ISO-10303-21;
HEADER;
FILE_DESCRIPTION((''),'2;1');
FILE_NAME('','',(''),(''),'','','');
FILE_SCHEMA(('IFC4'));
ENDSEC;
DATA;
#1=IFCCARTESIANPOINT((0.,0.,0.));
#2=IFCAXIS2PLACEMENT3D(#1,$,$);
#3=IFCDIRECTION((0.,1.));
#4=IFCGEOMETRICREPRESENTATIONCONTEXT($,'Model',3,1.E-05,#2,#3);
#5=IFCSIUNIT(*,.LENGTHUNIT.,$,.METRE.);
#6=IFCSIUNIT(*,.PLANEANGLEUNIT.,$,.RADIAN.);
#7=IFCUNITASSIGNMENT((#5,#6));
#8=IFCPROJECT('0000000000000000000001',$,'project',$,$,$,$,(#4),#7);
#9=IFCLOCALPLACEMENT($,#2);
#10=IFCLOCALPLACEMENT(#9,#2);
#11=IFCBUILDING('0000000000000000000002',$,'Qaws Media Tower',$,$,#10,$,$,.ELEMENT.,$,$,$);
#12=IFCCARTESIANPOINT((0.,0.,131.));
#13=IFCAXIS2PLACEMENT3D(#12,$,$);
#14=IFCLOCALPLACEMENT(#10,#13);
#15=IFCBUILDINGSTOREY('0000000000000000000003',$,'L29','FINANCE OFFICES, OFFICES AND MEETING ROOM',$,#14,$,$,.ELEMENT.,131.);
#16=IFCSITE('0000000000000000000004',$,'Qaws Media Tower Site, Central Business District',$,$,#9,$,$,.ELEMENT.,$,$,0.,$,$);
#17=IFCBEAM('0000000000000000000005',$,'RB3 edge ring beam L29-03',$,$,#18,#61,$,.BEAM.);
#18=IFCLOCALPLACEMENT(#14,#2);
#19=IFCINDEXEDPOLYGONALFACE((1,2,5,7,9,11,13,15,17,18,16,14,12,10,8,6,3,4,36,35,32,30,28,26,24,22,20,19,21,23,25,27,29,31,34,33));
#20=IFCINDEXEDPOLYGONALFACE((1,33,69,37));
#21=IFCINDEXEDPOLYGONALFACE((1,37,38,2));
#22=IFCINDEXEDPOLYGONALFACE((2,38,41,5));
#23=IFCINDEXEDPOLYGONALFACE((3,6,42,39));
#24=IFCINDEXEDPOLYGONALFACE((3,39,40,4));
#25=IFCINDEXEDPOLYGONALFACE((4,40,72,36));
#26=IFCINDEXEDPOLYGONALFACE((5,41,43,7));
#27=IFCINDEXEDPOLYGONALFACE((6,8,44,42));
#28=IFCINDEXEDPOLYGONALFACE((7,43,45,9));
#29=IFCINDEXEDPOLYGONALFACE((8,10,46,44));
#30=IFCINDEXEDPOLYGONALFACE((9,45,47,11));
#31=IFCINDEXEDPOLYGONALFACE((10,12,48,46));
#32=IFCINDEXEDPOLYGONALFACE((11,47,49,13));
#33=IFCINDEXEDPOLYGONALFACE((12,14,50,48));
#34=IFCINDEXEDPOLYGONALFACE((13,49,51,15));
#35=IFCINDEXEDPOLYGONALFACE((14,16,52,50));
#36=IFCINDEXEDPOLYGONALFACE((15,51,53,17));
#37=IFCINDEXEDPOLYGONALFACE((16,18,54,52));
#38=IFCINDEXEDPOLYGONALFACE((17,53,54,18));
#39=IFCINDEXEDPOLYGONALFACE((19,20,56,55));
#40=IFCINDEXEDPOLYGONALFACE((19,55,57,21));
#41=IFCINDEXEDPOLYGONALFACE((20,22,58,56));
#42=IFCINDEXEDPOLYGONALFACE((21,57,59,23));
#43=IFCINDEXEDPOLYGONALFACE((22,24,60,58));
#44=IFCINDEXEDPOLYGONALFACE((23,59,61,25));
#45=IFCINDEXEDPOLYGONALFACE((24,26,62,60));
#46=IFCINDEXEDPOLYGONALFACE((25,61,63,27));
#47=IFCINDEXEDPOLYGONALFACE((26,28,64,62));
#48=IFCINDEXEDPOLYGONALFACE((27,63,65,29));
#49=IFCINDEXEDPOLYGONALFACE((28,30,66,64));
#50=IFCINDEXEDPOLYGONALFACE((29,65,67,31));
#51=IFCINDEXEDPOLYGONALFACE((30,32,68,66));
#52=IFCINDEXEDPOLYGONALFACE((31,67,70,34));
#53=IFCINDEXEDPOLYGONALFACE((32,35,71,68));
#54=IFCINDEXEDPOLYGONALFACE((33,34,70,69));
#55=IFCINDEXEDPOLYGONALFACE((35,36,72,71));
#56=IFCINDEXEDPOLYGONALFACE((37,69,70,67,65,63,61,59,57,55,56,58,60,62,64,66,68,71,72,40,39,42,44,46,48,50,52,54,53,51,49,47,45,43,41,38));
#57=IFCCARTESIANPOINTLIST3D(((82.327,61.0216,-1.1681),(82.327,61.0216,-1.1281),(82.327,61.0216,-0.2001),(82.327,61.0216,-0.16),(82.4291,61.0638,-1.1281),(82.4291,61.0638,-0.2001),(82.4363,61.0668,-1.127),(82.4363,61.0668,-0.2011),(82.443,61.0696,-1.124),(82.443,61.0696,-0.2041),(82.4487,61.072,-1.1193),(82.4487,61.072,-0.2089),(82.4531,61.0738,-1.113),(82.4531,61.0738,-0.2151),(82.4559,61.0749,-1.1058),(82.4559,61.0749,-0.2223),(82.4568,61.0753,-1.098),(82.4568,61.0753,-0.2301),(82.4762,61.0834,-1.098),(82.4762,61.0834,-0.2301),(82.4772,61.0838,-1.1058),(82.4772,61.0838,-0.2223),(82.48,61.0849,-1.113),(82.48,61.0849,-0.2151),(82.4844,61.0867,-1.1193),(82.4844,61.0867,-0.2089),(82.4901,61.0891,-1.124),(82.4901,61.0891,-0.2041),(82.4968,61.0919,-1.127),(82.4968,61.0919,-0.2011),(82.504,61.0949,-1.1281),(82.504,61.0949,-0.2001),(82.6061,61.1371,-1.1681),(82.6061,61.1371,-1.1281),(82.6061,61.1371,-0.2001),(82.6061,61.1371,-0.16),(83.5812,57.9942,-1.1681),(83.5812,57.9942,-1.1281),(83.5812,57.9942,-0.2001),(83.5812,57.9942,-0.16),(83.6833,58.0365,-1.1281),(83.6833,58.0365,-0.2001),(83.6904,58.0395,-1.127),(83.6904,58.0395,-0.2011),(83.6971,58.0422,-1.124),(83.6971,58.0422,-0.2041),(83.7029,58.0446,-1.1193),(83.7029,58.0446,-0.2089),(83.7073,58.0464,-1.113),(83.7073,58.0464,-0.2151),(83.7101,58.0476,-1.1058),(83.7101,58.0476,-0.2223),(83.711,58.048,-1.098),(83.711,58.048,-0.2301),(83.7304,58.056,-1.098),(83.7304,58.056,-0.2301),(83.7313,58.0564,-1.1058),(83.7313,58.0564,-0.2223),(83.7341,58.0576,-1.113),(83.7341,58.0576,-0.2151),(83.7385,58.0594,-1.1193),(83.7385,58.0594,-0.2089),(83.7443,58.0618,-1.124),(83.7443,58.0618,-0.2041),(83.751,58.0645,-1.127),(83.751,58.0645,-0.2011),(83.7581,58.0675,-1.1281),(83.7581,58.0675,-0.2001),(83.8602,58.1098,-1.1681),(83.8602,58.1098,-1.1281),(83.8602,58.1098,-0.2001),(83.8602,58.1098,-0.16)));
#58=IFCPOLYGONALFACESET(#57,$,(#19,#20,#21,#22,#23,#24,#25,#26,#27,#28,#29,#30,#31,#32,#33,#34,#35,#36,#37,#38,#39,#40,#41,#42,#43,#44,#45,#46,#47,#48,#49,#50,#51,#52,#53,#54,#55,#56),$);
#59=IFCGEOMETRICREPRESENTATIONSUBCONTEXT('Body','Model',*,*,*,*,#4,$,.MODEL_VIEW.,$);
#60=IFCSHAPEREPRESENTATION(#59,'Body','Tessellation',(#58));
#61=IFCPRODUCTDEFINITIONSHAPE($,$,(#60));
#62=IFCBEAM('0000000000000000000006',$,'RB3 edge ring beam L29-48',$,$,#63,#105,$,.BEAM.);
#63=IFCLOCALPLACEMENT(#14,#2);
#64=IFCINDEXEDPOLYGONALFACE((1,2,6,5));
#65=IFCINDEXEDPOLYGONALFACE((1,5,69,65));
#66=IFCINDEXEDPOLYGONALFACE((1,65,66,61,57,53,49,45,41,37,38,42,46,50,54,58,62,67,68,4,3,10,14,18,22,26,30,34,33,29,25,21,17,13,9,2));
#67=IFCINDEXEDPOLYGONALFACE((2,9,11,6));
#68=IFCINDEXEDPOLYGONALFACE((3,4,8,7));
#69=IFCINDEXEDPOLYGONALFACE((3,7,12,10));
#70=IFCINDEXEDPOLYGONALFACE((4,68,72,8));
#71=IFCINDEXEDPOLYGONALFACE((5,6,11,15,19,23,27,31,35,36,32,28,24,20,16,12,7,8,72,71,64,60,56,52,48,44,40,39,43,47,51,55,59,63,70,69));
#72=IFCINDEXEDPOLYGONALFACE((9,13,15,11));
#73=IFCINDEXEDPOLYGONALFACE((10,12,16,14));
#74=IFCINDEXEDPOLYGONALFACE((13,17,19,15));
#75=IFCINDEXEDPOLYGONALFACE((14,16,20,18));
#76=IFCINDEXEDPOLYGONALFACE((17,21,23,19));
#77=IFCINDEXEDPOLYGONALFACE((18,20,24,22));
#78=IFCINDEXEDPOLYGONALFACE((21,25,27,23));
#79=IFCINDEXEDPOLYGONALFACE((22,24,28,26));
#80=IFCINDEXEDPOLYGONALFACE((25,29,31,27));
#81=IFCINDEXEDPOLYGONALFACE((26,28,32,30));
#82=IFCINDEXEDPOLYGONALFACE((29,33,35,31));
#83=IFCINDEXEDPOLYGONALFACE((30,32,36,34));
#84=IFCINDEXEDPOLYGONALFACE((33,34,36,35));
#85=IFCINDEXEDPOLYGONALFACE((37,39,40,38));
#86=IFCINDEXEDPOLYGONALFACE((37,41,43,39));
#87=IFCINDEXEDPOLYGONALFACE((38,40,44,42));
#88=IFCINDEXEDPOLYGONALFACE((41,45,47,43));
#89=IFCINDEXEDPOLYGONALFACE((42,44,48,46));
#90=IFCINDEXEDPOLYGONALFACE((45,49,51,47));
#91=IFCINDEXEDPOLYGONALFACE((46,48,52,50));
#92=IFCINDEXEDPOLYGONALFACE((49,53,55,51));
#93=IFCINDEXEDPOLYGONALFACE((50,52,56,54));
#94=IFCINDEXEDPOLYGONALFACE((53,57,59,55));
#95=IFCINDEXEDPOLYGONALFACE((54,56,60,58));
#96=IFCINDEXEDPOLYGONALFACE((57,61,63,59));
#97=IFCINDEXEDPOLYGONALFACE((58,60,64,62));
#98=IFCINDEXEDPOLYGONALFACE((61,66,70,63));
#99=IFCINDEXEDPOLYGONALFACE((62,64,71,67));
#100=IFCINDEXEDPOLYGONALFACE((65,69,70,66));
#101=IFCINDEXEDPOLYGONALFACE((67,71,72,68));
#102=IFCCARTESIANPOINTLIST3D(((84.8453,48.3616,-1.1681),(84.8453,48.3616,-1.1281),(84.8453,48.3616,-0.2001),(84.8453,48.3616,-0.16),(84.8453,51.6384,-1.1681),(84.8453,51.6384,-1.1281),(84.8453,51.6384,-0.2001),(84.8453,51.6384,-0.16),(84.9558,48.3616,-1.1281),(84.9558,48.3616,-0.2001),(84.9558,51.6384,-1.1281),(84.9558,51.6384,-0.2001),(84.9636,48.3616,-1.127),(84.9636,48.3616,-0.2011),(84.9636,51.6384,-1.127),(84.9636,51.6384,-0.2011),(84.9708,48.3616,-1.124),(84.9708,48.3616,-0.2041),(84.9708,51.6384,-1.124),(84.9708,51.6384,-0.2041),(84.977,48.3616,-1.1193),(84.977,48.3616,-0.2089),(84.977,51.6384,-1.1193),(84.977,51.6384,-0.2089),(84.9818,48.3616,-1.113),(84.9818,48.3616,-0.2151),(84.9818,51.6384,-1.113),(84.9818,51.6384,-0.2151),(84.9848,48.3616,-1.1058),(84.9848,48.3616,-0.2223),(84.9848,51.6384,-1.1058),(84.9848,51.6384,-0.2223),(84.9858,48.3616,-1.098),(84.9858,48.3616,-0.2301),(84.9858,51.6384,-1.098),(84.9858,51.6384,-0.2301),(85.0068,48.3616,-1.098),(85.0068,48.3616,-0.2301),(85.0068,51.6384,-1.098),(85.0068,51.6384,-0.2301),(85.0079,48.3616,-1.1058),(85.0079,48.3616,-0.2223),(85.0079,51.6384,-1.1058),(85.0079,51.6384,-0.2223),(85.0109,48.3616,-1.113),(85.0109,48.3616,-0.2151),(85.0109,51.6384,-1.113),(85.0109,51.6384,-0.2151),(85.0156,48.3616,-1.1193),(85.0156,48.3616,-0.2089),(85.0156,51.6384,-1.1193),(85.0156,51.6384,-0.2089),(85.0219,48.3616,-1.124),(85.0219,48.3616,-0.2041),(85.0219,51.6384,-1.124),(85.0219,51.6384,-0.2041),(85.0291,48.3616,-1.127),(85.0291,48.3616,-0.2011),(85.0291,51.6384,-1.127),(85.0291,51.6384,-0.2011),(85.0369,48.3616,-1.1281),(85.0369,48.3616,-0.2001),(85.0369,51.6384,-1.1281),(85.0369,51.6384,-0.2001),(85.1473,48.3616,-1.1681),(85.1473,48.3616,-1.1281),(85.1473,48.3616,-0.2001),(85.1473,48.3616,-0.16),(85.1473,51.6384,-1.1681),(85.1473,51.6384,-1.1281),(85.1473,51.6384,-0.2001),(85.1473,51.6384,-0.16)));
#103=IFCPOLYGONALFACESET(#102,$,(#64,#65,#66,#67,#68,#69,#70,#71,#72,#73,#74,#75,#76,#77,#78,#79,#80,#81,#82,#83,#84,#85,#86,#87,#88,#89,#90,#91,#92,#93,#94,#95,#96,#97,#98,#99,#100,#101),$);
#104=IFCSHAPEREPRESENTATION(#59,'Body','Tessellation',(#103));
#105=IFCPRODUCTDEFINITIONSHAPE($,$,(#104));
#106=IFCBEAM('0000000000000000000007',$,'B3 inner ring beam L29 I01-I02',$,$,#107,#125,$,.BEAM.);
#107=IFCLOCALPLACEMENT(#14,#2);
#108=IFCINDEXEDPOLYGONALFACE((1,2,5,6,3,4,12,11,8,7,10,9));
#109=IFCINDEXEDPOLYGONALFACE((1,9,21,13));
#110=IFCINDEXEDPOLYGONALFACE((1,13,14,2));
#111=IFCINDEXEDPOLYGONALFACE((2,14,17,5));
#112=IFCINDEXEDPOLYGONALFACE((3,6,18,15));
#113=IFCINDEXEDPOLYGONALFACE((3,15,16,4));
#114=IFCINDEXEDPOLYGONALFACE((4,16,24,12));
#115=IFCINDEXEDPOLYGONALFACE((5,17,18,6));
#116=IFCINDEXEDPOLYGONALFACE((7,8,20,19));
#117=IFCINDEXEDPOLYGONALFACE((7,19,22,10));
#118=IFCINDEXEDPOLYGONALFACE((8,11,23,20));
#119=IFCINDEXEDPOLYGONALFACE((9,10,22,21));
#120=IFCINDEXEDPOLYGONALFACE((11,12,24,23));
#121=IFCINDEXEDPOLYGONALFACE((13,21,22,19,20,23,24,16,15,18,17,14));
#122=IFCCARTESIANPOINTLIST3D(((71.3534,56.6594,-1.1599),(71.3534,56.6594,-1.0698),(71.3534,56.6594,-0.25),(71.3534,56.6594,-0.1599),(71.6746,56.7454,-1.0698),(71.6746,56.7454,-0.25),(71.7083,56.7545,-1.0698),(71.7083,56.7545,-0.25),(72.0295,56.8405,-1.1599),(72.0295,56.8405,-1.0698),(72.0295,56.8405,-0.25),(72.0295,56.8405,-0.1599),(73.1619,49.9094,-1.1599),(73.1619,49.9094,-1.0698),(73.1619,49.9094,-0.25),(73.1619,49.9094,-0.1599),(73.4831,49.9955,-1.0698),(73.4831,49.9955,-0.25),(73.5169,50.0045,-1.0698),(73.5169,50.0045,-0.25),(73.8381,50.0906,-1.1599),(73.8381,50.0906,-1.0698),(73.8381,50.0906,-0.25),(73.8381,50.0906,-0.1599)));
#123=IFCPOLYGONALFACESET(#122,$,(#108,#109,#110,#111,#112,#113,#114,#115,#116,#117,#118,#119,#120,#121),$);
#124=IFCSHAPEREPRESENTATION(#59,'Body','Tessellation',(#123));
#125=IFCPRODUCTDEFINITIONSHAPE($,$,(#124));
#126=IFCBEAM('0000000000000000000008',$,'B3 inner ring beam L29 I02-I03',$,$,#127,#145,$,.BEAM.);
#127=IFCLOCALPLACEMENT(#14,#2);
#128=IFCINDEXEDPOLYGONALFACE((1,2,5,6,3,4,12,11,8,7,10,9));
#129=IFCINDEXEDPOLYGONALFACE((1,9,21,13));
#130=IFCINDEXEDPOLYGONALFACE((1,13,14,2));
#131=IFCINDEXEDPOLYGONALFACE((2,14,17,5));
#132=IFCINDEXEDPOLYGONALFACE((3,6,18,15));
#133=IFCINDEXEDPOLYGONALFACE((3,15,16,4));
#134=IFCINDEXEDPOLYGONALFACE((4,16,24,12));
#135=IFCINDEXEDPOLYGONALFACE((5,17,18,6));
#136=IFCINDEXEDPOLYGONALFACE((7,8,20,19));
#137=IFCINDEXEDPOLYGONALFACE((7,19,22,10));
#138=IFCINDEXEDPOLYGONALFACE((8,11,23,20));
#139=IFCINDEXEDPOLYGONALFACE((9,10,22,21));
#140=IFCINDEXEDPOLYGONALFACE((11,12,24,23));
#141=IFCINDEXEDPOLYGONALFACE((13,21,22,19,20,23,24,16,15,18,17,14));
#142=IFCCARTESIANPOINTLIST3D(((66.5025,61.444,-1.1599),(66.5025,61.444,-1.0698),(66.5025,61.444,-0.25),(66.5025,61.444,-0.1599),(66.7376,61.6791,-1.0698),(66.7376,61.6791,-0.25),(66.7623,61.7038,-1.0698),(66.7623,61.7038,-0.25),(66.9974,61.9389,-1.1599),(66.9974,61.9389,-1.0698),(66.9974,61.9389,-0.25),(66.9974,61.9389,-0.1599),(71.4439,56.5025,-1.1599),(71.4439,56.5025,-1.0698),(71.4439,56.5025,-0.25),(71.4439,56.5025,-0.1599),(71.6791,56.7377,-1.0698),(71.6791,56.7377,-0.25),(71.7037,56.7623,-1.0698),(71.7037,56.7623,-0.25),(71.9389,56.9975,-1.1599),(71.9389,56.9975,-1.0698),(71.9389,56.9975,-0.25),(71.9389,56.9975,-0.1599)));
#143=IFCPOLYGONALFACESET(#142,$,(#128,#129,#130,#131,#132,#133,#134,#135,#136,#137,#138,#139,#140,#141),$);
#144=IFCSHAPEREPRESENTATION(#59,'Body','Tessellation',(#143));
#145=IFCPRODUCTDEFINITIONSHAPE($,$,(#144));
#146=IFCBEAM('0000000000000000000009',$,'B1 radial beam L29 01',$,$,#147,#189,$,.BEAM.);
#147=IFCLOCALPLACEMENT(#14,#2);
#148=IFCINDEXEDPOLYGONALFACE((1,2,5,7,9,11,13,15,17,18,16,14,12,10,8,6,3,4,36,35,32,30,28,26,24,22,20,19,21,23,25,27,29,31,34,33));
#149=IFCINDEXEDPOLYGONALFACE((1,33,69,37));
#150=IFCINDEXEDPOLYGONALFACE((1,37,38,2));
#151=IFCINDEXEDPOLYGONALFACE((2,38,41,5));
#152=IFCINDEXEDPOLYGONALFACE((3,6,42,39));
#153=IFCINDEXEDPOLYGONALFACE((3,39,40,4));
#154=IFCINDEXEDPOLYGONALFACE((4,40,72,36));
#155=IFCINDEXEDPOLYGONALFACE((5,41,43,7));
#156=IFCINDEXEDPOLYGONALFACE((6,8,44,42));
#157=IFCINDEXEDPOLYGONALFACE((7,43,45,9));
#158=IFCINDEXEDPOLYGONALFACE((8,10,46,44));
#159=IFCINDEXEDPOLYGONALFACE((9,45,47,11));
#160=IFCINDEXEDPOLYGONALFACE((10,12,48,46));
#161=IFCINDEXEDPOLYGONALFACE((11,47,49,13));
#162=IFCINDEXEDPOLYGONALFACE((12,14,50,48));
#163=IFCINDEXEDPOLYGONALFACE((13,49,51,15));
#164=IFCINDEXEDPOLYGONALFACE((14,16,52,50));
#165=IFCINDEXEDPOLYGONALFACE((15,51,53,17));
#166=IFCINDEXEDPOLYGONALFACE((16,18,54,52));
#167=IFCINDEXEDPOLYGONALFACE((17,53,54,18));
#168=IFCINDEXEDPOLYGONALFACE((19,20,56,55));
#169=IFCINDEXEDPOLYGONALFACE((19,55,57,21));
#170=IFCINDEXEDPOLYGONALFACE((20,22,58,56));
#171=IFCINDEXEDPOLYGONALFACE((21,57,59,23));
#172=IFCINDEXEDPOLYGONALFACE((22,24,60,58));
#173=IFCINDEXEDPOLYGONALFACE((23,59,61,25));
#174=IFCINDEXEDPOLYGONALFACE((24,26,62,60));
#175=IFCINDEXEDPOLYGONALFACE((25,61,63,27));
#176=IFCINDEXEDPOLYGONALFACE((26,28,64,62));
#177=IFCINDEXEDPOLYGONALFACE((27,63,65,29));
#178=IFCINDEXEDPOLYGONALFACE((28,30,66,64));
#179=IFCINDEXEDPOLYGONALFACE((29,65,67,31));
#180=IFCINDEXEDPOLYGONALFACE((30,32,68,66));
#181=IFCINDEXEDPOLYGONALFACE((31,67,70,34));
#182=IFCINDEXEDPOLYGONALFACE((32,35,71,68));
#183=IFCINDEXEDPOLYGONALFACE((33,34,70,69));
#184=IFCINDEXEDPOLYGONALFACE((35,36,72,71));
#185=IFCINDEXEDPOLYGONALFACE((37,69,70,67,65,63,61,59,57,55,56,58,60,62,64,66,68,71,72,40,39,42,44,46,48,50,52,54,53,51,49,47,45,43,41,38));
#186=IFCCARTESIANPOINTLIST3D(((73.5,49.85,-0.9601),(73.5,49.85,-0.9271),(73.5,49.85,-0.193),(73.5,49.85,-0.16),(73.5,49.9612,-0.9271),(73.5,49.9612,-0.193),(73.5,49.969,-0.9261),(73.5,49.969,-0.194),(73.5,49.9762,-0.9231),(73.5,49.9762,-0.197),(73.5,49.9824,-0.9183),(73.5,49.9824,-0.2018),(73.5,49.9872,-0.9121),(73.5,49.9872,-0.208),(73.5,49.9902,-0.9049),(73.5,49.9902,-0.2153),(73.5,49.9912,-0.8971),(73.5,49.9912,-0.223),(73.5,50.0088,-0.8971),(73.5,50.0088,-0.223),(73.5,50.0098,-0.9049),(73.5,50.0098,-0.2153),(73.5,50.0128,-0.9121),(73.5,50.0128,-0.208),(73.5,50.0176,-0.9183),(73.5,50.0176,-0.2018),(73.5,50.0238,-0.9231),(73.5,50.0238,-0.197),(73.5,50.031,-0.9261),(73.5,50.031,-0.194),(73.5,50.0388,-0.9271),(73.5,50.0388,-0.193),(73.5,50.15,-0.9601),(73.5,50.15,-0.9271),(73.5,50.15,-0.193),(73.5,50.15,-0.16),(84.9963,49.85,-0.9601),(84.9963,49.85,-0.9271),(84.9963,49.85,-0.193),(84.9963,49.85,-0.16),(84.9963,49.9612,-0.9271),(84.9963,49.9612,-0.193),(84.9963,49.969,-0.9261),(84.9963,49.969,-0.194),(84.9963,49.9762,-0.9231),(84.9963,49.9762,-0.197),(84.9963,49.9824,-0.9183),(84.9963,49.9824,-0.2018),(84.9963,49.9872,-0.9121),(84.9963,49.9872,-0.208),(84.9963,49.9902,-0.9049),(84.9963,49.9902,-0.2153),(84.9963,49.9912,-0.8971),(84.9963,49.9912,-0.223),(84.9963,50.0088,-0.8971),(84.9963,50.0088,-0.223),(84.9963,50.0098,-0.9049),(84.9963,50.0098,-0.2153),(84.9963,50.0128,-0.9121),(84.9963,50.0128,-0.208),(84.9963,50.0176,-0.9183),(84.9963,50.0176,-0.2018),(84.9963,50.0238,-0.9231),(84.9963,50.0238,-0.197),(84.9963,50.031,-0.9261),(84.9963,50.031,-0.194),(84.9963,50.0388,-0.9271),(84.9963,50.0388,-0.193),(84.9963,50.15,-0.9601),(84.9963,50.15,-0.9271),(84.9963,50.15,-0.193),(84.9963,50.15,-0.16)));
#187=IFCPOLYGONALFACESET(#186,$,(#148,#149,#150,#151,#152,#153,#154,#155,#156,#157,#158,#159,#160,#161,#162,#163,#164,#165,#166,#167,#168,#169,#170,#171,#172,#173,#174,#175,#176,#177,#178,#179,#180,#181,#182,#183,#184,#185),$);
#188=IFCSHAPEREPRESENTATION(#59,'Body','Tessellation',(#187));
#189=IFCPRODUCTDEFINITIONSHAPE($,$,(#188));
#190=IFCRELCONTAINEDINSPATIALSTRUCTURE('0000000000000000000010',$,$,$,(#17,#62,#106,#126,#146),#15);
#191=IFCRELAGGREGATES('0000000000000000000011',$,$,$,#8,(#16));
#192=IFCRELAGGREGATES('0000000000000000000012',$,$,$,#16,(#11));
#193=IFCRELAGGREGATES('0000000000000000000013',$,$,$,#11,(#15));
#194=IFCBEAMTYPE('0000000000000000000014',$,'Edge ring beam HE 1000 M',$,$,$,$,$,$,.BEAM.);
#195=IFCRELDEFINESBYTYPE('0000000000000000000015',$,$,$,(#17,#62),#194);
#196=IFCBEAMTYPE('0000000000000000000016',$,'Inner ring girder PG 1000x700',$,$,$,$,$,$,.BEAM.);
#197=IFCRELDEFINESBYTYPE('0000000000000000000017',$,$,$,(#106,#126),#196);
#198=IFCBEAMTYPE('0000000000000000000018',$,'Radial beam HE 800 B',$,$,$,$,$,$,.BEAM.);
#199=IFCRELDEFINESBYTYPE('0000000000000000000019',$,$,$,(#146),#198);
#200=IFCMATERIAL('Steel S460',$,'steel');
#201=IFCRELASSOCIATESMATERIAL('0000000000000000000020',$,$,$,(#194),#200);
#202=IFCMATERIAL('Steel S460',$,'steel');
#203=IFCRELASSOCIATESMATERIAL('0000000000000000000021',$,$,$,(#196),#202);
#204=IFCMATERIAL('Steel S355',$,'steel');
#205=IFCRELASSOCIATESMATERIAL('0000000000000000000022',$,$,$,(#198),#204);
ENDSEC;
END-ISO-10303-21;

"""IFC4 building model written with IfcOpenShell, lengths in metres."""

from ifc_helpers import new_model, si_unit, direction, frame, origin, origin_2d, place, context, subcontext, project, spatial, i_section, extrude, material, material_profile, profile_set, type_object, element, save


model = new_model("IFC4")

# Units and contexts
model_context = context("Model", 3, precision=1e-05, world=origin(), true_north=direction((0.0, 1.0)))
body_context = subcontext(model_context, "Body", "Model", "MODEL_VIEW")
ifc_project = project(units=[si_unit("LENGTHUNIT", "METRE"), si_unit("PLANEANGLEUNIT", "RADIAN")], contexts=[model_context])

# Site, building, storey
site_placement = place(None, origin())
site = spatial("IfcSite", under=ifc_project, at=site_placement, Name="Qaws Media Tower Site, Central Business District", CompositionType="ELEMENT", RefElevation=0.0)
building_placement = place(site_placement, origin())
building = spatial("IfcBuilding", under=site, at=building_placement, Name="Qaws Media Tower", CompositionType="ELEMENT")
storey_placement = place(building_placement, frame((0.0, 0.0, 131.0)))
storey = spatial("IfcBuildingStorey", under=building, at=storey_placement, Name="L29", Description="FINANCE OFFICES, OFFICES AND MEETING ROOM", CompositionType="ELEMENT", Elevation=131.0)

# Beams
ifc_material_1 = material(Name="Steel S460", Category="steel")
ifc_material_profile_1 = material_profile(ifc_material_1, i_section(OverallWidth=0.302, OverallDepth=1.0081, WebThickness=0.021, FlangeThickness=0.04, FilletRadius=0.03, at=origin_2d()), Name="HE 1000 M")
ifc_profile_set_1 = profile_set([ifc_material_profile_1], Name="Steel S460")
beam_type_1 = type_object("IfcBeamType", Name="Edge ring beam HE 1000 M", PredefinedType="BEAM", material=ifc_profile_set_1)
for number, where, z_axis, x_axis, name in (
    (1, (83.7207, 58.052, -0.6641), (-0.382731, 0.92386, 0.0), (-0.92386, -0.382731, 0.0), "RB3 edge ring beam L29-03"),
    (2, (84.9963, 48.3616, -0.6641), (0.0, 1.0, 0.0), (-1.0, 0.0, 0.0), "RB3 edge ring beam L29-48"),
):
    element("IfcBeam", number, at=place(storey_placement, frame(where, z_axis=z_axis, x_axis=x_axis)), inside=storey, type_object=beam_type_1, Name=name, PredefinedType="BEAM", context=body_context, shape_type="SweptSolid", body=[
        extrude(i_section(OverallWidth=0.302, OverallDepth=1.0081, WebThickness=0.021, FlangeThickness=0.04, FilletRadius=0.03, at=origin_2d()), origin(), (0.0, 0.0, 1.0), 3.2769),
    ])
ifc_material_2 = material(Name="Steel S460", Category="steel")
ifc_material_profile_2 = material_profile(ifc_material_2, i_section(OverallWidth=0.7, OverallDepth=1.0, WebThickness=0.0349, FlangeThickness=0.0901, at=origin_2d()), Name="PG 1000x700")
ifc_profile_set_2 = profile_set([ifc_material_profile_2], Name="Steel S460")
beam_type_2 = type_object("IfcBeamType", Name="Inner ring girder PG 1000x700", PredefinedType="BEAM", material=ifc_profile_set_2)
beam_1_placement = place(storey_placement, frame((73.5, 50.0, -0.6599), z_axis=(-0.258811, 0.965928, 0.0), x_axis=(-0.965928, -0.258811, 0.0)))
element("IfcBeam", 3, at=beam_1_placement, inside=storey, type_object=beam_type_2, Name="B3 inner ring beam L29 I01-I02", PredefinedType="BEAM", context=body_context, shape_type="SweptSolid", body=[
    extrude(i_section(OverallWidth=0.7, OverallDepth=1.0, WebThickness=0.0349, FlangeThickness=0.0901, at=origin_2d()), origin(), (0.0, 0.0, 1.0), 6.988),
])
beam_2_placement = place(storey_placement, frame((71.6914, 56.75, -0.6599), z_axis=(-0.707107, 0.707107, 0.0), x_axis=(-0.707107, -0.707107, 0.0)))
element("IfcBeam", 4, at=beam_2_placement, inside=storey, type_object=beam_type_2, Name="B3 inner ring beam L29 I02-I03", PredefinedType="BEAM", context=body_context, shape_type="SweptSolid", body=[
    extrude(i_section(OverallWidth=0.7, OverallDepth=1.0, WebThickness=0.0349, FlangeThickness=0.0901, at=origin_2d()), origin(), (0.0, 0.0, 1.0), 6.9883),
])
ifc_material_3 = material(Name="Steel S355", Category="steel")
ifc_material_profile_3 = material_profile(ifc_material_3, i_section(OverallWidth=0.3, OverallDepth=0.8, WebThickness=0.0176, FlangeThickness=0.033, FilletRadius=0.03, at=origin_2d()), Name="HE 800 B")
ifc_profile_set_3 = profile_set([ifc_material_profile_3], Name="Steel S355")
beam_type_3 = type_object("IfcBeamType", Name="Radial beam HE 800 B", PredefinedType="BEAM", material=ifc_profile_set_3)
beam_3_placement = place(storey_placement, frame((73.5, 50.0, -0.5601), z_axis=(1.0, 0.0, 0.0), x_axis=(0.0, 1.0, 0.0)))
element("IfcBeam", 5, at=beam_3_placement, inside=storey, type_object=beam_type_3, Name="B1 radial beam L29 01", PredefinedType="BEAM", context=body_context, shape_type="SweptSolid", body=[
    extrude(i_section(OverallWidth=0.3, OverallDepth=0.8, WebThickness=0.0176, FlangeThickness=0.033, FilletRadius=0.03, at=origin_2d()), origin(), (0.0, 0.0, 1.0), 11.4963),
])

save(model, "model.ifc")
